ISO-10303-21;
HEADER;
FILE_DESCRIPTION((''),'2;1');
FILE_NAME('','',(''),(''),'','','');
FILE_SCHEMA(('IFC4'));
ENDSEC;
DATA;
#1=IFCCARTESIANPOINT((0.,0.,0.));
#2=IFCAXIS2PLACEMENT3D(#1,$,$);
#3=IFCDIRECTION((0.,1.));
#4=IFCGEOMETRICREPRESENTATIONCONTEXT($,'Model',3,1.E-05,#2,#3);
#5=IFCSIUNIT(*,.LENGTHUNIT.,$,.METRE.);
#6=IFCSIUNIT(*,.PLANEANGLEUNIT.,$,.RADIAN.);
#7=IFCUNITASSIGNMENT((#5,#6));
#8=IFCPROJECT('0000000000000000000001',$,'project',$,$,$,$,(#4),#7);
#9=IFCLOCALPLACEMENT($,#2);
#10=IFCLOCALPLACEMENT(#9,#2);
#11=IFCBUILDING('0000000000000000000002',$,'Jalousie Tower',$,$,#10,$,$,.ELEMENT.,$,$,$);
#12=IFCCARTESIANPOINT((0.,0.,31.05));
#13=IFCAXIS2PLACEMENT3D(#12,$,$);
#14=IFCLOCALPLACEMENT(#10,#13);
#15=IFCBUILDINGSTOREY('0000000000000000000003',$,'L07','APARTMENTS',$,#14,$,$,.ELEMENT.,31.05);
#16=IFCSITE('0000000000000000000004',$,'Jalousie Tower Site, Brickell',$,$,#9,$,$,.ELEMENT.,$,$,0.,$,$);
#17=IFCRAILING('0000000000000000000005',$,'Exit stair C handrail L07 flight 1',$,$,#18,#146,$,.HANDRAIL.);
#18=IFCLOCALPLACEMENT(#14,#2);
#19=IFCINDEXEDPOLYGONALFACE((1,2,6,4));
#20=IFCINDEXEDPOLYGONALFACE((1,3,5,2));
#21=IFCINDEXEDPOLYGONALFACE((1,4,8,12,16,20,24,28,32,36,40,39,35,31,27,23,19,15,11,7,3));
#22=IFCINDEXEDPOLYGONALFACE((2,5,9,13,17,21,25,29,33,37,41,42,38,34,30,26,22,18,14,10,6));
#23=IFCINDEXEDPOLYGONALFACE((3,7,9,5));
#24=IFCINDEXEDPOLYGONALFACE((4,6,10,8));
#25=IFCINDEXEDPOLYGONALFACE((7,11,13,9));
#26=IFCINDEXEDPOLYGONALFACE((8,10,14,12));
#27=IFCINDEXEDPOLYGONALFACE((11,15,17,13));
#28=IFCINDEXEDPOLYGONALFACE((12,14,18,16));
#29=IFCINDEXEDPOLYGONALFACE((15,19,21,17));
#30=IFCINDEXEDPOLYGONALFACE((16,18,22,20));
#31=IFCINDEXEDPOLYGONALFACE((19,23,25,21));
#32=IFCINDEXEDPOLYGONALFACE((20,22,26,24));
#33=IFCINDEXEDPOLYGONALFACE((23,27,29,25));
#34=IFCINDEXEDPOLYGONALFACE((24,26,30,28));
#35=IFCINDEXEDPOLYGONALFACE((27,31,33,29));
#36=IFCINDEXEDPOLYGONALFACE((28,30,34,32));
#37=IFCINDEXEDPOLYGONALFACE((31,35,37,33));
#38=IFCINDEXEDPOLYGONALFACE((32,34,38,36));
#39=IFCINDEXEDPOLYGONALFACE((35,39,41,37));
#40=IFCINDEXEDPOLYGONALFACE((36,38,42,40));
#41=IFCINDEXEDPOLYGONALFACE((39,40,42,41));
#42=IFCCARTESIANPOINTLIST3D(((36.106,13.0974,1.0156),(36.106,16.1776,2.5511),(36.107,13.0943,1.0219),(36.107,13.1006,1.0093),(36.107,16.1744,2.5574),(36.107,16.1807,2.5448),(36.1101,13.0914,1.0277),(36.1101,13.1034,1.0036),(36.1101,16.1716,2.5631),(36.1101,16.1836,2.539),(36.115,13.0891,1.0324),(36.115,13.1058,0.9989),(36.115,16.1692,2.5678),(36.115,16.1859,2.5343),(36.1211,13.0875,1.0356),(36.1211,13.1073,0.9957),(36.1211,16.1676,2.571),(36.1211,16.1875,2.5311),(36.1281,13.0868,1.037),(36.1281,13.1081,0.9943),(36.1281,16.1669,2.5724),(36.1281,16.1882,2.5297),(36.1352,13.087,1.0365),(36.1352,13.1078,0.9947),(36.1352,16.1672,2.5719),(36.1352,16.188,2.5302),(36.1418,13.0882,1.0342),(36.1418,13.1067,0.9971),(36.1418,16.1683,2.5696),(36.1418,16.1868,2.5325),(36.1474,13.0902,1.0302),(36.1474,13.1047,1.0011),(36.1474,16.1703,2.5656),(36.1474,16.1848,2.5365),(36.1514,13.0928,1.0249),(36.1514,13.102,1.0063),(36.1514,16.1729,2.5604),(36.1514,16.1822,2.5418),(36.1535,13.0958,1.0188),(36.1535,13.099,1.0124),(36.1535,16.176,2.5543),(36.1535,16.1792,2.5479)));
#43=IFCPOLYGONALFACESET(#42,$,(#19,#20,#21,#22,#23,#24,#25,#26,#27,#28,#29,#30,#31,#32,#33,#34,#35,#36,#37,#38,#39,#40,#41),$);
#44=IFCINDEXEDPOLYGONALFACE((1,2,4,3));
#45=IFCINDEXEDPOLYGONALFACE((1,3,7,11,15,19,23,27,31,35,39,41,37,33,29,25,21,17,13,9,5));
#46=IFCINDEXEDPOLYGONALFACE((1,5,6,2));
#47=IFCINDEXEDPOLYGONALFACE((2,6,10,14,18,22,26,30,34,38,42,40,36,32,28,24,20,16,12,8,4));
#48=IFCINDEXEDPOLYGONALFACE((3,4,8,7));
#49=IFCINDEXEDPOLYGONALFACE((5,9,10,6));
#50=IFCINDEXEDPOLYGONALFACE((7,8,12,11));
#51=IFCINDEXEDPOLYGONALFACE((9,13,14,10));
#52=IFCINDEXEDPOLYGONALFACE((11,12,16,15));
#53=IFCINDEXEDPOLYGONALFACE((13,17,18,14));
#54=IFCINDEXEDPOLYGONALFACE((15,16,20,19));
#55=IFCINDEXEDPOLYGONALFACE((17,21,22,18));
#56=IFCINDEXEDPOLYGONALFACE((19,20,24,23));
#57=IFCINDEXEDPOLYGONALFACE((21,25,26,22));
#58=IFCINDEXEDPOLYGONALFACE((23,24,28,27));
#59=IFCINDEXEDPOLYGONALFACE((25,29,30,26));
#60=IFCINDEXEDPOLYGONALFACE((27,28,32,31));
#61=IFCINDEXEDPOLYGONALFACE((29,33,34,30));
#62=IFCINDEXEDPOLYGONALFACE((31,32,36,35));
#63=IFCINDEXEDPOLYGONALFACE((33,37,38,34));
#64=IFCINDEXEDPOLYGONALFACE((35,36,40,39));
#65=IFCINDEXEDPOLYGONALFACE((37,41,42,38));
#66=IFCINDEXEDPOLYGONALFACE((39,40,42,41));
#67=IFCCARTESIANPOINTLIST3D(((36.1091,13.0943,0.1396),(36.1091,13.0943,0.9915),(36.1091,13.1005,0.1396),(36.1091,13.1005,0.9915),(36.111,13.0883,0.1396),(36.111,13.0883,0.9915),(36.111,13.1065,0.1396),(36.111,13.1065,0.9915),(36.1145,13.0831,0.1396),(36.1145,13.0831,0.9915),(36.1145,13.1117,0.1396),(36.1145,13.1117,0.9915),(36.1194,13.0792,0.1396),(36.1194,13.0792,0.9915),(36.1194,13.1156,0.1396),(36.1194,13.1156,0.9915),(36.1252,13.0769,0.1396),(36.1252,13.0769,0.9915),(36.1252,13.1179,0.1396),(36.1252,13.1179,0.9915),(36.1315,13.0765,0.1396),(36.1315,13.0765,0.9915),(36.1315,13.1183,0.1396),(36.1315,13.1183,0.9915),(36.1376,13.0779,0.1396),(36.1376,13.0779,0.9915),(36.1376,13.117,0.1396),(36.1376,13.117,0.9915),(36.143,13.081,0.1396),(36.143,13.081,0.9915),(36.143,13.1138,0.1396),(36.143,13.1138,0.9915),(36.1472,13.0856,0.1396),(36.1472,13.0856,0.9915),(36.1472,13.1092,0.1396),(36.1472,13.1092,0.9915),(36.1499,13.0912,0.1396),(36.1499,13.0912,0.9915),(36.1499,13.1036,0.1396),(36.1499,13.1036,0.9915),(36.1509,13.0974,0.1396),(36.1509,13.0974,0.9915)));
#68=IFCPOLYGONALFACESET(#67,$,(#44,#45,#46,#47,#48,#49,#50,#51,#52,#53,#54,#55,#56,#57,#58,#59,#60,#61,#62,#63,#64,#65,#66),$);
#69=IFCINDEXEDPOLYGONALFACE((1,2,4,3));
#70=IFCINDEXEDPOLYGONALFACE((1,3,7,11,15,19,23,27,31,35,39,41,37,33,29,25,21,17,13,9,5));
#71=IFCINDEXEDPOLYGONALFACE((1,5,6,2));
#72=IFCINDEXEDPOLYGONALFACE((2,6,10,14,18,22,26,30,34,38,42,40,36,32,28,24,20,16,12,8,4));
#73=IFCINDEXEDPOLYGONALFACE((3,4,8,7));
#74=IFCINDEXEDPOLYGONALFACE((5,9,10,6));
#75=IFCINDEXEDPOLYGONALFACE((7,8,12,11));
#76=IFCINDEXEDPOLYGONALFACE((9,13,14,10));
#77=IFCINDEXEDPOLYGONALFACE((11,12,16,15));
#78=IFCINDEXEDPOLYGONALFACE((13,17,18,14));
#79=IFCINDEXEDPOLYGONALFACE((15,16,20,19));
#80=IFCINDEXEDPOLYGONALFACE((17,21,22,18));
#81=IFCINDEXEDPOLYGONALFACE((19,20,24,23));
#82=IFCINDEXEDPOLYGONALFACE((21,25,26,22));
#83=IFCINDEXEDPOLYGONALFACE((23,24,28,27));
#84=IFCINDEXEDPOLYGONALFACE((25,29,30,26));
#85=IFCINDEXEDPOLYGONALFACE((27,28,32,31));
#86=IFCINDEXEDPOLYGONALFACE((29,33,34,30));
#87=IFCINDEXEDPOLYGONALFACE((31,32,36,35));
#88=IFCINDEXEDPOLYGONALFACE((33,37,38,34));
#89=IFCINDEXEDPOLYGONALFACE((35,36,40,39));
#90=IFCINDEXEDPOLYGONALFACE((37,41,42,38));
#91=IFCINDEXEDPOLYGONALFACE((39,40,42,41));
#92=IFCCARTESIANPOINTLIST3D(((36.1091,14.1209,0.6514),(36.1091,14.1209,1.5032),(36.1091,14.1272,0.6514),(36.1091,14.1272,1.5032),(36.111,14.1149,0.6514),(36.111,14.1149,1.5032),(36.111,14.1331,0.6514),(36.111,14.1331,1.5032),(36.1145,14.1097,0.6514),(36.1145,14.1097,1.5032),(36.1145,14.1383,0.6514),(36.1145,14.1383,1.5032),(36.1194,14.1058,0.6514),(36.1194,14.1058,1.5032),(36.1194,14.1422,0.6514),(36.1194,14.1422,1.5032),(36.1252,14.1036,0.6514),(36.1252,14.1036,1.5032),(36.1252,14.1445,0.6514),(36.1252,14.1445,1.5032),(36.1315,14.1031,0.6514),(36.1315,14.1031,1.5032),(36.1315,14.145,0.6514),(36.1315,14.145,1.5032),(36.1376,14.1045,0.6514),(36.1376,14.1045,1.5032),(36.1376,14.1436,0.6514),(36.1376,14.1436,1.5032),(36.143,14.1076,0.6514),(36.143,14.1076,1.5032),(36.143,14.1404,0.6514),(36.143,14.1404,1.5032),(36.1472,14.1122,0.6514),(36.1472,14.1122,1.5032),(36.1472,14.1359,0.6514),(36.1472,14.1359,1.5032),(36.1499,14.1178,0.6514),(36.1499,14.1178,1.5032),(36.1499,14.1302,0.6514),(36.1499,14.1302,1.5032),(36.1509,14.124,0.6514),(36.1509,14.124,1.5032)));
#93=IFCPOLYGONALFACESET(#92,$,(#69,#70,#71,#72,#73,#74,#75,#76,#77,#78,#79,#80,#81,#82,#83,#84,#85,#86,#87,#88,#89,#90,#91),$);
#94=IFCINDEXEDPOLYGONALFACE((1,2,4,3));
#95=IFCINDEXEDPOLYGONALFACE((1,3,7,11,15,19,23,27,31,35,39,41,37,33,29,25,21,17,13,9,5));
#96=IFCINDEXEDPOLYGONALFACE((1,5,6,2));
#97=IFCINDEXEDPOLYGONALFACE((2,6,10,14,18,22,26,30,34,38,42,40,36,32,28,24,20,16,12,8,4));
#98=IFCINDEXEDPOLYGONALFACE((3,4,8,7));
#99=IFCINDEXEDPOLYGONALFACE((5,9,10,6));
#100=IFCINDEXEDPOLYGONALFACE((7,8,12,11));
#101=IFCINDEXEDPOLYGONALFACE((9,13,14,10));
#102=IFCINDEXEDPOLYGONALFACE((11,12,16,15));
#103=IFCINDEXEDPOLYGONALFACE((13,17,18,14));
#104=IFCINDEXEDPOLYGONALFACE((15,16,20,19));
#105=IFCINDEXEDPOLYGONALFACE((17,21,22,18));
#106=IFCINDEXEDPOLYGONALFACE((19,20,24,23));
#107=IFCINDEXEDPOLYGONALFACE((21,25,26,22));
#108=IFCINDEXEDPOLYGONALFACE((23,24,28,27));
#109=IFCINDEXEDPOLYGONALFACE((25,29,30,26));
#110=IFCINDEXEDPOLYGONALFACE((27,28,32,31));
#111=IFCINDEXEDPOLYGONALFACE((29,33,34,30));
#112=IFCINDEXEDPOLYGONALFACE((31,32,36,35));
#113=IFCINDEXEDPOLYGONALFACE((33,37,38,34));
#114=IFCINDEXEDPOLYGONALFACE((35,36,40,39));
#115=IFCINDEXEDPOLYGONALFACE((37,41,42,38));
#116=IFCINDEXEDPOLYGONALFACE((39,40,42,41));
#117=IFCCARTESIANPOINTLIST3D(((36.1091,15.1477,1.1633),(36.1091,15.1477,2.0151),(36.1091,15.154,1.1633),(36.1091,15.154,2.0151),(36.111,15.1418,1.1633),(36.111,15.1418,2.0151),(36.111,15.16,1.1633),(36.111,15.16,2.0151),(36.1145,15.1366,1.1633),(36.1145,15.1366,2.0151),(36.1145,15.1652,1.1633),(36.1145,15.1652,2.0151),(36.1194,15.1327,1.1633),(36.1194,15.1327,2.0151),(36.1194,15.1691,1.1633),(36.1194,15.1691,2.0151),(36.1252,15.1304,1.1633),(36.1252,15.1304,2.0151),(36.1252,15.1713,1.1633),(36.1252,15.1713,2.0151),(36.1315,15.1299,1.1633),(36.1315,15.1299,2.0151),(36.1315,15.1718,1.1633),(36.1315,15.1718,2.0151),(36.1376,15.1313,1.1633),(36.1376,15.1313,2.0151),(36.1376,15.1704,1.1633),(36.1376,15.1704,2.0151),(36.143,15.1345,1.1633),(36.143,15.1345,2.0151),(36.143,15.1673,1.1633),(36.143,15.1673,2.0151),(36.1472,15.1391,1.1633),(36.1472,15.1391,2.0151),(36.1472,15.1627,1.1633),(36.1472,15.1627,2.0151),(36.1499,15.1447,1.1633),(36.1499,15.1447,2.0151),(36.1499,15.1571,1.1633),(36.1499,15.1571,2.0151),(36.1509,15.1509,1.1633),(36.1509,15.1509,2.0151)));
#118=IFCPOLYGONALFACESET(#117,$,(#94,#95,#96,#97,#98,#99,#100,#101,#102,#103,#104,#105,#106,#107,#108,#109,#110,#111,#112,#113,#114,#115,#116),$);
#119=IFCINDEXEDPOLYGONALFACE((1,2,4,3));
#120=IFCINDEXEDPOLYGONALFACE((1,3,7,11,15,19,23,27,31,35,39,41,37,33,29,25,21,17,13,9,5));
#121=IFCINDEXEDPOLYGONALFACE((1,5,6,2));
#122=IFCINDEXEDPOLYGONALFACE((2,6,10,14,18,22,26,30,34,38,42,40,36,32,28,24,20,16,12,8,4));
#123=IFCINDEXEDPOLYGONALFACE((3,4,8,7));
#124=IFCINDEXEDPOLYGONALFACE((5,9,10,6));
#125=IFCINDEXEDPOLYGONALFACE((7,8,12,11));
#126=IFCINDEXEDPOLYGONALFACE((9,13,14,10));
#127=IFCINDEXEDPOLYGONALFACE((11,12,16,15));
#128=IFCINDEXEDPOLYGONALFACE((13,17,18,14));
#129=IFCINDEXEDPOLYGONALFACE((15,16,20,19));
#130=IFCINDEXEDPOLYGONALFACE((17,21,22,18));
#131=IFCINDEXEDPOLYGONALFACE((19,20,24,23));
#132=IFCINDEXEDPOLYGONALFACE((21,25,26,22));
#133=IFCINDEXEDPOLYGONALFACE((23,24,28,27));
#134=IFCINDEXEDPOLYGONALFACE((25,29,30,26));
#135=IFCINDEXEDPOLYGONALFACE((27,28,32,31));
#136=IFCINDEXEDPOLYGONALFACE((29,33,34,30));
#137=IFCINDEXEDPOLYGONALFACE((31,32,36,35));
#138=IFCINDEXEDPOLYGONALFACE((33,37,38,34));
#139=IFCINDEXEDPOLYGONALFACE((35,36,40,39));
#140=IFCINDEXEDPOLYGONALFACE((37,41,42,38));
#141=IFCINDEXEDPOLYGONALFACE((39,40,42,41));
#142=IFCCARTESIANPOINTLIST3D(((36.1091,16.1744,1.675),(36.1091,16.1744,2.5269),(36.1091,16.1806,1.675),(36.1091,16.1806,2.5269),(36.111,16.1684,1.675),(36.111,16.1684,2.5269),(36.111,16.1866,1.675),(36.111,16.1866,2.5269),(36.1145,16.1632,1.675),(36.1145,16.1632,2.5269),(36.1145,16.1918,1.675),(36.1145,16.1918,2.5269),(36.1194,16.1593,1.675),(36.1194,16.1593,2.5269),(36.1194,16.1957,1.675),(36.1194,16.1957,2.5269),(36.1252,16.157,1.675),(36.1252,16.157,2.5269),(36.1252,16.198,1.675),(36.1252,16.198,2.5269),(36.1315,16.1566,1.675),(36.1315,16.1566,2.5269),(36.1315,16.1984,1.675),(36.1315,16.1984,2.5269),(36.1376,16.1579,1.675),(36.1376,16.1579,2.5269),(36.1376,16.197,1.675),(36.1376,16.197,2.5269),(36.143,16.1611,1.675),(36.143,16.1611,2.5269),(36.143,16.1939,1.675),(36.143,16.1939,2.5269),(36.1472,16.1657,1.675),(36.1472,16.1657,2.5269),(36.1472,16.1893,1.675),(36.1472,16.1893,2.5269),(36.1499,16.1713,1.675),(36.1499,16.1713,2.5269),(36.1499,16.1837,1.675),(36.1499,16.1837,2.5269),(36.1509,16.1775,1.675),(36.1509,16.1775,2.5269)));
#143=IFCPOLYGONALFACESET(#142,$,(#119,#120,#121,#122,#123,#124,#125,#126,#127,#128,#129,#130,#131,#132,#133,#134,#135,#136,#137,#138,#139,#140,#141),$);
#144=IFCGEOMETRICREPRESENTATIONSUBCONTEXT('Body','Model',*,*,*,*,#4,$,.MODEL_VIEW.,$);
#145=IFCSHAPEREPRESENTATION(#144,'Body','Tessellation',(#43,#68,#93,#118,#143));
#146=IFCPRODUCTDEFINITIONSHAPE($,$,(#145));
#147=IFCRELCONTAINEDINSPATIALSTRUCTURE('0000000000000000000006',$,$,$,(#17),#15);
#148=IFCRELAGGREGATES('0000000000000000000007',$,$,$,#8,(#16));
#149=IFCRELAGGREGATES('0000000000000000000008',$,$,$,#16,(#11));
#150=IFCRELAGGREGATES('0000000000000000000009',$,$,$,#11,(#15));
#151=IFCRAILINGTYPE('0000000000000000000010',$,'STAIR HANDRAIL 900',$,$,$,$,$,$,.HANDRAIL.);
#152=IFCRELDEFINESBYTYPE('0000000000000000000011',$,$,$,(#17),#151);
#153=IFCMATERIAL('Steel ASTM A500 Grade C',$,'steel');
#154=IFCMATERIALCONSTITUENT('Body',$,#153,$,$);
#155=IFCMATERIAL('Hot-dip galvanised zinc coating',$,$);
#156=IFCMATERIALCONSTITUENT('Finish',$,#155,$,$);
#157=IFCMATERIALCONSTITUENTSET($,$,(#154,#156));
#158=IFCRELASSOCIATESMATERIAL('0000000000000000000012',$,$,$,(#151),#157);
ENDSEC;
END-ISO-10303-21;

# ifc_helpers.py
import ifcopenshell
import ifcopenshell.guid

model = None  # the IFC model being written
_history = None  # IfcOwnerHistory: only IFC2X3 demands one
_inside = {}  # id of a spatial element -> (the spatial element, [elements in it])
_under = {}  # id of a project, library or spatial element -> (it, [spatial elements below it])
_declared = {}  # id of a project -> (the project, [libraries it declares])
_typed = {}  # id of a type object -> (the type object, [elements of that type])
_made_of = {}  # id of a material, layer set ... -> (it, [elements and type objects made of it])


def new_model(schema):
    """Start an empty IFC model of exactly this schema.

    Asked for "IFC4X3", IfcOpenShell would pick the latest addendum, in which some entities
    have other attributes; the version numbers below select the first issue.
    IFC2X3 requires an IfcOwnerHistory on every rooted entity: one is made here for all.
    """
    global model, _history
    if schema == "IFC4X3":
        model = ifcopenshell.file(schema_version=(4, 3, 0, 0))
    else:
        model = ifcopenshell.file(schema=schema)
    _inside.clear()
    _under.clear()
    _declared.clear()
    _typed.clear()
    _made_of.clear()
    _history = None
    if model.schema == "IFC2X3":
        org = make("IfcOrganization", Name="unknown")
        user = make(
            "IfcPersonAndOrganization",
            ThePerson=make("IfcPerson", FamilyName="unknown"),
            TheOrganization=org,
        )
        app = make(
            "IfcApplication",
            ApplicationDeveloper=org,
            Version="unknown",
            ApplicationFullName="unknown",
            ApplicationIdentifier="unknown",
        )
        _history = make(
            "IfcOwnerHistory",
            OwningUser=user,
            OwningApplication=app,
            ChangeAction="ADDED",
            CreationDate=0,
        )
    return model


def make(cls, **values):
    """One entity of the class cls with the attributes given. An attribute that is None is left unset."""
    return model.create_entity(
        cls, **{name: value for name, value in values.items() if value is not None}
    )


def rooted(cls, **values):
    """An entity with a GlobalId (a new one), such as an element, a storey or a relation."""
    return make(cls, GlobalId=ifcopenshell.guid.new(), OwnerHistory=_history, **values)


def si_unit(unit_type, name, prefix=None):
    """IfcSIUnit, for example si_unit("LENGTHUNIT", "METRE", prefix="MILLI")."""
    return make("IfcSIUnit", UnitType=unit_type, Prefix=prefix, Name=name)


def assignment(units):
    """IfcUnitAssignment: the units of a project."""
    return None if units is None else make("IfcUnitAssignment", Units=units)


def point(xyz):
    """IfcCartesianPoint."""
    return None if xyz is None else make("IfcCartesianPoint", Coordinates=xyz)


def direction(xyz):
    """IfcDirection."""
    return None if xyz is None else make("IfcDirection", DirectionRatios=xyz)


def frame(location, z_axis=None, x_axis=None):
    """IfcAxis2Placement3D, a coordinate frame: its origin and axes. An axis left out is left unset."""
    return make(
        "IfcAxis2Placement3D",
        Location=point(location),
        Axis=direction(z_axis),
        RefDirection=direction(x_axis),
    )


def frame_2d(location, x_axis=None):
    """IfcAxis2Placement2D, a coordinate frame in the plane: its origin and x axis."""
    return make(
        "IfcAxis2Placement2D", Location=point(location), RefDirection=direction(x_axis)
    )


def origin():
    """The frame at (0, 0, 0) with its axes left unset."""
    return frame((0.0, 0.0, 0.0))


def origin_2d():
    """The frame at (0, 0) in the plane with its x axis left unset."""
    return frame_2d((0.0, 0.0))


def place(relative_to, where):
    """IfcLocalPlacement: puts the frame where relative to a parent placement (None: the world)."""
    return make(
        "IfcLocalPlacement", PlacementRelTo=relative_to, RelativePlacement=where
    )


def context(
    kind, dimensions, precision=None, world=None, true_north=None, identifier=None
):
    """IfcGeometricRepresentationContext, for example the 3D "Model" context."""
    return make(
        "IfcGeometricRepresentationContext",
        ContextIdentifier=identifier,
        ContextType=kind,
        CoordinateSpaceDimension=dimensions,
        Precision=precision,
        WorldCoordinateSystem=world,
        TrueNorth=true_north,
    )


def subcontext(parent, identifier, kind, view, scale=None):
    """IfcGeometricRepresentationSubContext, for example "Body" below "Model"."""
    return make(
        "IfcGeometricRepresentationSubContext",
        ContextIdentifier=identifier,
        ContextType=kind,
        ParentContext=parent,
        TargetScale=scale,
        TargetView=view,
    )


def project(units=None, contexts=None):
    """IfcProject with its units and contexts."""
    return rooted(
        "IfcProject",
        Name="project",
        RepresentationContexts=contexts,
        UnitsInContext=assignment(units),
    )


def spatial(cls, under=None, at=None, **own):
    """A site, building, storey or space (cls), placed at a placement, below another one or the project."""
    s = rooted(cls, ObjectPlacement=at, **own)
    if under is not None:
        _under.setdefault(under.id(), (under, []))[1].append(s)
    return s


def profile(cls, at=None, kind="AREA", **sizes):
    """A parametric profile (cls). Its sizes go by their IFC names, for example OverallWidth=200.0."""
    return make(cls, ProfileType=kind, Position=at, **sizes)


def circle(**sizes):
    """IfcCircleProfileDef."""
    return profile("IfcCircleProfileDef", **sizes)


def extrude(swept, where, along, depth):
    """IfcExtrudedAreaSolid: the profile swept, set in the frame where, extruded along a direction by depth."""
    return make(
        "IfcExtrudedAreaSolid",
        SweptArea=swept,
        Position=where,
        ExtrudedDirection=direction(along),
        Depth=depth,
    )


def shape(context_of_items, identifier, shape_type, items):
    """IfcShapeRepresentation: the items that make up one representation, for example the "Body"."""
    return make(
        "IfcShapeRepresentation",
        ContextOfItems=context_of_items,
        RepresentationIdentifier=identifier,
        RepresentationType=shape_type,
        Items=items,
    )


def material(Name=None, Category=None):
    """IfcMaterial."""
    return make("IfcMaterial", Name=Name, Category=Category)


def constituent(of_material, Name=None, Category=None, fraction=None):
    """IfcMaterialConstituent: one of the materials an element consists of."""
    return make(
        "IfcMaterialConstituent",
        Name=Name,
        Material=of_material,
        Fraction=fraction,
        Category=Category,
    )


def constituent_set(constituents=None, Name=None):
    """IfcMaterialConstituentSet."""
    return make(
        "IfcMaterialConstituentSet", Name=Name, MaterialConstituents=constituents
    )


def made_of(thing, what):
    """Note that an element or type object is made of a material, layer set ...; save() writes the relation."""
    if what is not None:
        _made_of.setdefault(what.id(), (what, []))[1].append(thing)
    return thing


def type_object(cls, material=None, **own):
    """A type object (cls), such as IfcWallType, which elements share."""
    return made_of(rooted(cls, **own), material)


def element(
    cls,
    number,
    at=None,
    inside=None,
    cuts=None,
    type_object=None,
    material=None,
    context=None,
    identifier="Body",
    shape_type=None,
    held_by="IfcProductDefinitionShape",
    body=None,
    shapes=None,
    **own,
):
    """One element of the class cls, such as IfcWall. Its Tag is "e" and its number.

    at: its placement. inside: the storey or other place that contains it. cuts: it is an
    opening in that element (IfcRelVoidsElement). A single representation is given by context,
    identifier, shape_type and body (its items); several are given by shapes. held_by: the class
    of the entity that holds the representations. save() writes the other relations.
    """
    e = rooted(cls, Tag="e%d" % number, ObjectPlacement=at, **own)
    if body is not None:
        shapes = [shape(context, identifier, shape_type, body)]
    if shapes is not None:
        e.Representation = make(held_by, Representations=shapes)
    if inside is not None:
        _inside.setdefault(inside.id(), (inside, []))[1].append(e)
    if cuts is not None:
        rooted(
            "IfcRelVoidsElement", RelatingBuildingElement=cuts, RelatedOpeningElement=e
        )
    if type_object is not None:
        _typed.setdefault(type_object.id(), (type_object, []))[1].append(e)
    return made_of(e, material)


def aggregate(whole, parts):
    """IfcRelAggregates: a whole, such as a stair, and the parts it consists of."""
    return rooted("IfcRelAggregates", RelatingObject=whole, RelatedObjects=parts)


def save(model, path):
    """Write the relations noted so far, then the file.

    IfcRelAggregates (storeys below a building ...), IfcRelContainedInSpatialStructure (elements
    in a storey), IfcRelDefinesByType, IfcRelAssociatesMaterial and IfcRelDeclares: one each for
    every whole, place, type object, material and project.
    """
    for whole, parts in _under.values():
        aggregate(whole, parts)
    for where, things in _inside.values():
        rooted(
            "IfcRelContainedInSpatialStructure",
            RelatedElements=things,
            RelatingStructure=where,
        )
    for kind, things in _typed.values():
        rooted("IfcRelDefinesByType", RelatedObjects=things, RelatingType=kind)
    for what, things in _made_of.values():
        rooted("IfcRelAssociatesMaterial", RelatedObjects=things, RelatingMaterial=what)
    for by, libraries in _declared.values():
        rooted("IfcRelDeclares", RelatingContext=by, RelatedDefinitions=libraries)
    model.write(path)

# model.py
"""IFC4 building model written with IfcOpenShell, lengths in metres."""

from ifc_helpers import new_model, si_unit, direction, frame, origin, origin_2d, place, context, subcontext, project, spatial, circle, extrude, material, constituent, constituent_set, type_object, element, save


model = new_model("IFC4")

# Units and contexts
model_context = context("Model", 3, precision=1e-05, world=origin(), true_north=direction((0.0, 1.0)))
body_context = subcontext(model_context, "Body", "Model", "MODEL_VIEW")
ifc_project = project(units=[si_unit("LENGTHUNIT", "METRE"), si_unit("PLANEANGLEUNIT", "RADIAN")], contexts=[model_context])

# Site, building, storey
site_placement = place(None, origin())
site = spatial("IfcSite", under=ifc_project, at=site_placement, Name="Jalousie Tower Site, Brickell", CompositionType="ELEMENT", RefElevation=0.0)
building_placement = place(site_placement, origin())
building = spatial("IfcBuilding", under=site, at=building_placement, Name="Jalousie Tower", CompositionType="ELEMENT")
storey_placement = place(building_placement, frame((0.0, 0.0, 31.05)))
storey = spatial("IfcBuildingStorey", under=building, at=storey_placement, Name="L07", Description="APARTMENTS", CompositionType="ELEMENT", Elevation=31.05)

# Railing
ifc_material_1 = material(Name="Steel ASTM A500 Grade C", Category="steel")
ifc_constituent_1 = constituent(ifc_material_1, Name="Body")
ifc_material_2 = material(Name="Hot-dip galvanised zinc coating")
ifc_constituent_2 = constituent(ifc_material_2, Name="Finish")
ifc_constituent_set_1 = constituent_set(constituents=[ifc_constituent_1, ifc_constituent_2])
railing_type = type_object("IfcRailingType", Name="STAIR HANDRAIL 900", PredefinedType="HANDRAIL", material=ifc_constituent_set_1)
railing_placement = place(storey_placement, frame((36.1299, 13.0974, 0.1396)))
element("IfcRailing", 1, at=railing_placement, inside=storey, type_object=railing_type, Name="Exit stair C handrail L07 flight 1", PredefinedType="HANDRAIL", context=body_context, shape_type="SweptSolid", body=[
    extrude(circle(Radius=0.0239, at=origin_2d()), frame((0.0, 0.0, 0.876), z_axis=(0.0, 0.894966, 0.446135), x_axis=(-1.0, 0.0, 0.0)), (0.0, 0.0, 1.0), 3.4417),
    extrude(circle(Radius=0.021, at=origin_2d()), origin(), (0.0, 0.0, 1.0), 0.8518),
    extrude(circle(Radius=0.021, at=origin_2d()), frame((0.0, 1.0266, 0.5117)), (0.0, 0.0, 1.0), 0.8518),
    extrude(circle(Radius=0.021, at=origin_2d()), frame((0.0, 2.0535, 1.0237)), (0.0, 0.0, 1.0), 0.8518),
    extrude(circle(Radius=0.021, at=origin_2d()), frame((0.0, 3.0801, 1.5354)), (0.0, 0.0, 1.0), 0.8518),
])

save(model, "model.ifc")
